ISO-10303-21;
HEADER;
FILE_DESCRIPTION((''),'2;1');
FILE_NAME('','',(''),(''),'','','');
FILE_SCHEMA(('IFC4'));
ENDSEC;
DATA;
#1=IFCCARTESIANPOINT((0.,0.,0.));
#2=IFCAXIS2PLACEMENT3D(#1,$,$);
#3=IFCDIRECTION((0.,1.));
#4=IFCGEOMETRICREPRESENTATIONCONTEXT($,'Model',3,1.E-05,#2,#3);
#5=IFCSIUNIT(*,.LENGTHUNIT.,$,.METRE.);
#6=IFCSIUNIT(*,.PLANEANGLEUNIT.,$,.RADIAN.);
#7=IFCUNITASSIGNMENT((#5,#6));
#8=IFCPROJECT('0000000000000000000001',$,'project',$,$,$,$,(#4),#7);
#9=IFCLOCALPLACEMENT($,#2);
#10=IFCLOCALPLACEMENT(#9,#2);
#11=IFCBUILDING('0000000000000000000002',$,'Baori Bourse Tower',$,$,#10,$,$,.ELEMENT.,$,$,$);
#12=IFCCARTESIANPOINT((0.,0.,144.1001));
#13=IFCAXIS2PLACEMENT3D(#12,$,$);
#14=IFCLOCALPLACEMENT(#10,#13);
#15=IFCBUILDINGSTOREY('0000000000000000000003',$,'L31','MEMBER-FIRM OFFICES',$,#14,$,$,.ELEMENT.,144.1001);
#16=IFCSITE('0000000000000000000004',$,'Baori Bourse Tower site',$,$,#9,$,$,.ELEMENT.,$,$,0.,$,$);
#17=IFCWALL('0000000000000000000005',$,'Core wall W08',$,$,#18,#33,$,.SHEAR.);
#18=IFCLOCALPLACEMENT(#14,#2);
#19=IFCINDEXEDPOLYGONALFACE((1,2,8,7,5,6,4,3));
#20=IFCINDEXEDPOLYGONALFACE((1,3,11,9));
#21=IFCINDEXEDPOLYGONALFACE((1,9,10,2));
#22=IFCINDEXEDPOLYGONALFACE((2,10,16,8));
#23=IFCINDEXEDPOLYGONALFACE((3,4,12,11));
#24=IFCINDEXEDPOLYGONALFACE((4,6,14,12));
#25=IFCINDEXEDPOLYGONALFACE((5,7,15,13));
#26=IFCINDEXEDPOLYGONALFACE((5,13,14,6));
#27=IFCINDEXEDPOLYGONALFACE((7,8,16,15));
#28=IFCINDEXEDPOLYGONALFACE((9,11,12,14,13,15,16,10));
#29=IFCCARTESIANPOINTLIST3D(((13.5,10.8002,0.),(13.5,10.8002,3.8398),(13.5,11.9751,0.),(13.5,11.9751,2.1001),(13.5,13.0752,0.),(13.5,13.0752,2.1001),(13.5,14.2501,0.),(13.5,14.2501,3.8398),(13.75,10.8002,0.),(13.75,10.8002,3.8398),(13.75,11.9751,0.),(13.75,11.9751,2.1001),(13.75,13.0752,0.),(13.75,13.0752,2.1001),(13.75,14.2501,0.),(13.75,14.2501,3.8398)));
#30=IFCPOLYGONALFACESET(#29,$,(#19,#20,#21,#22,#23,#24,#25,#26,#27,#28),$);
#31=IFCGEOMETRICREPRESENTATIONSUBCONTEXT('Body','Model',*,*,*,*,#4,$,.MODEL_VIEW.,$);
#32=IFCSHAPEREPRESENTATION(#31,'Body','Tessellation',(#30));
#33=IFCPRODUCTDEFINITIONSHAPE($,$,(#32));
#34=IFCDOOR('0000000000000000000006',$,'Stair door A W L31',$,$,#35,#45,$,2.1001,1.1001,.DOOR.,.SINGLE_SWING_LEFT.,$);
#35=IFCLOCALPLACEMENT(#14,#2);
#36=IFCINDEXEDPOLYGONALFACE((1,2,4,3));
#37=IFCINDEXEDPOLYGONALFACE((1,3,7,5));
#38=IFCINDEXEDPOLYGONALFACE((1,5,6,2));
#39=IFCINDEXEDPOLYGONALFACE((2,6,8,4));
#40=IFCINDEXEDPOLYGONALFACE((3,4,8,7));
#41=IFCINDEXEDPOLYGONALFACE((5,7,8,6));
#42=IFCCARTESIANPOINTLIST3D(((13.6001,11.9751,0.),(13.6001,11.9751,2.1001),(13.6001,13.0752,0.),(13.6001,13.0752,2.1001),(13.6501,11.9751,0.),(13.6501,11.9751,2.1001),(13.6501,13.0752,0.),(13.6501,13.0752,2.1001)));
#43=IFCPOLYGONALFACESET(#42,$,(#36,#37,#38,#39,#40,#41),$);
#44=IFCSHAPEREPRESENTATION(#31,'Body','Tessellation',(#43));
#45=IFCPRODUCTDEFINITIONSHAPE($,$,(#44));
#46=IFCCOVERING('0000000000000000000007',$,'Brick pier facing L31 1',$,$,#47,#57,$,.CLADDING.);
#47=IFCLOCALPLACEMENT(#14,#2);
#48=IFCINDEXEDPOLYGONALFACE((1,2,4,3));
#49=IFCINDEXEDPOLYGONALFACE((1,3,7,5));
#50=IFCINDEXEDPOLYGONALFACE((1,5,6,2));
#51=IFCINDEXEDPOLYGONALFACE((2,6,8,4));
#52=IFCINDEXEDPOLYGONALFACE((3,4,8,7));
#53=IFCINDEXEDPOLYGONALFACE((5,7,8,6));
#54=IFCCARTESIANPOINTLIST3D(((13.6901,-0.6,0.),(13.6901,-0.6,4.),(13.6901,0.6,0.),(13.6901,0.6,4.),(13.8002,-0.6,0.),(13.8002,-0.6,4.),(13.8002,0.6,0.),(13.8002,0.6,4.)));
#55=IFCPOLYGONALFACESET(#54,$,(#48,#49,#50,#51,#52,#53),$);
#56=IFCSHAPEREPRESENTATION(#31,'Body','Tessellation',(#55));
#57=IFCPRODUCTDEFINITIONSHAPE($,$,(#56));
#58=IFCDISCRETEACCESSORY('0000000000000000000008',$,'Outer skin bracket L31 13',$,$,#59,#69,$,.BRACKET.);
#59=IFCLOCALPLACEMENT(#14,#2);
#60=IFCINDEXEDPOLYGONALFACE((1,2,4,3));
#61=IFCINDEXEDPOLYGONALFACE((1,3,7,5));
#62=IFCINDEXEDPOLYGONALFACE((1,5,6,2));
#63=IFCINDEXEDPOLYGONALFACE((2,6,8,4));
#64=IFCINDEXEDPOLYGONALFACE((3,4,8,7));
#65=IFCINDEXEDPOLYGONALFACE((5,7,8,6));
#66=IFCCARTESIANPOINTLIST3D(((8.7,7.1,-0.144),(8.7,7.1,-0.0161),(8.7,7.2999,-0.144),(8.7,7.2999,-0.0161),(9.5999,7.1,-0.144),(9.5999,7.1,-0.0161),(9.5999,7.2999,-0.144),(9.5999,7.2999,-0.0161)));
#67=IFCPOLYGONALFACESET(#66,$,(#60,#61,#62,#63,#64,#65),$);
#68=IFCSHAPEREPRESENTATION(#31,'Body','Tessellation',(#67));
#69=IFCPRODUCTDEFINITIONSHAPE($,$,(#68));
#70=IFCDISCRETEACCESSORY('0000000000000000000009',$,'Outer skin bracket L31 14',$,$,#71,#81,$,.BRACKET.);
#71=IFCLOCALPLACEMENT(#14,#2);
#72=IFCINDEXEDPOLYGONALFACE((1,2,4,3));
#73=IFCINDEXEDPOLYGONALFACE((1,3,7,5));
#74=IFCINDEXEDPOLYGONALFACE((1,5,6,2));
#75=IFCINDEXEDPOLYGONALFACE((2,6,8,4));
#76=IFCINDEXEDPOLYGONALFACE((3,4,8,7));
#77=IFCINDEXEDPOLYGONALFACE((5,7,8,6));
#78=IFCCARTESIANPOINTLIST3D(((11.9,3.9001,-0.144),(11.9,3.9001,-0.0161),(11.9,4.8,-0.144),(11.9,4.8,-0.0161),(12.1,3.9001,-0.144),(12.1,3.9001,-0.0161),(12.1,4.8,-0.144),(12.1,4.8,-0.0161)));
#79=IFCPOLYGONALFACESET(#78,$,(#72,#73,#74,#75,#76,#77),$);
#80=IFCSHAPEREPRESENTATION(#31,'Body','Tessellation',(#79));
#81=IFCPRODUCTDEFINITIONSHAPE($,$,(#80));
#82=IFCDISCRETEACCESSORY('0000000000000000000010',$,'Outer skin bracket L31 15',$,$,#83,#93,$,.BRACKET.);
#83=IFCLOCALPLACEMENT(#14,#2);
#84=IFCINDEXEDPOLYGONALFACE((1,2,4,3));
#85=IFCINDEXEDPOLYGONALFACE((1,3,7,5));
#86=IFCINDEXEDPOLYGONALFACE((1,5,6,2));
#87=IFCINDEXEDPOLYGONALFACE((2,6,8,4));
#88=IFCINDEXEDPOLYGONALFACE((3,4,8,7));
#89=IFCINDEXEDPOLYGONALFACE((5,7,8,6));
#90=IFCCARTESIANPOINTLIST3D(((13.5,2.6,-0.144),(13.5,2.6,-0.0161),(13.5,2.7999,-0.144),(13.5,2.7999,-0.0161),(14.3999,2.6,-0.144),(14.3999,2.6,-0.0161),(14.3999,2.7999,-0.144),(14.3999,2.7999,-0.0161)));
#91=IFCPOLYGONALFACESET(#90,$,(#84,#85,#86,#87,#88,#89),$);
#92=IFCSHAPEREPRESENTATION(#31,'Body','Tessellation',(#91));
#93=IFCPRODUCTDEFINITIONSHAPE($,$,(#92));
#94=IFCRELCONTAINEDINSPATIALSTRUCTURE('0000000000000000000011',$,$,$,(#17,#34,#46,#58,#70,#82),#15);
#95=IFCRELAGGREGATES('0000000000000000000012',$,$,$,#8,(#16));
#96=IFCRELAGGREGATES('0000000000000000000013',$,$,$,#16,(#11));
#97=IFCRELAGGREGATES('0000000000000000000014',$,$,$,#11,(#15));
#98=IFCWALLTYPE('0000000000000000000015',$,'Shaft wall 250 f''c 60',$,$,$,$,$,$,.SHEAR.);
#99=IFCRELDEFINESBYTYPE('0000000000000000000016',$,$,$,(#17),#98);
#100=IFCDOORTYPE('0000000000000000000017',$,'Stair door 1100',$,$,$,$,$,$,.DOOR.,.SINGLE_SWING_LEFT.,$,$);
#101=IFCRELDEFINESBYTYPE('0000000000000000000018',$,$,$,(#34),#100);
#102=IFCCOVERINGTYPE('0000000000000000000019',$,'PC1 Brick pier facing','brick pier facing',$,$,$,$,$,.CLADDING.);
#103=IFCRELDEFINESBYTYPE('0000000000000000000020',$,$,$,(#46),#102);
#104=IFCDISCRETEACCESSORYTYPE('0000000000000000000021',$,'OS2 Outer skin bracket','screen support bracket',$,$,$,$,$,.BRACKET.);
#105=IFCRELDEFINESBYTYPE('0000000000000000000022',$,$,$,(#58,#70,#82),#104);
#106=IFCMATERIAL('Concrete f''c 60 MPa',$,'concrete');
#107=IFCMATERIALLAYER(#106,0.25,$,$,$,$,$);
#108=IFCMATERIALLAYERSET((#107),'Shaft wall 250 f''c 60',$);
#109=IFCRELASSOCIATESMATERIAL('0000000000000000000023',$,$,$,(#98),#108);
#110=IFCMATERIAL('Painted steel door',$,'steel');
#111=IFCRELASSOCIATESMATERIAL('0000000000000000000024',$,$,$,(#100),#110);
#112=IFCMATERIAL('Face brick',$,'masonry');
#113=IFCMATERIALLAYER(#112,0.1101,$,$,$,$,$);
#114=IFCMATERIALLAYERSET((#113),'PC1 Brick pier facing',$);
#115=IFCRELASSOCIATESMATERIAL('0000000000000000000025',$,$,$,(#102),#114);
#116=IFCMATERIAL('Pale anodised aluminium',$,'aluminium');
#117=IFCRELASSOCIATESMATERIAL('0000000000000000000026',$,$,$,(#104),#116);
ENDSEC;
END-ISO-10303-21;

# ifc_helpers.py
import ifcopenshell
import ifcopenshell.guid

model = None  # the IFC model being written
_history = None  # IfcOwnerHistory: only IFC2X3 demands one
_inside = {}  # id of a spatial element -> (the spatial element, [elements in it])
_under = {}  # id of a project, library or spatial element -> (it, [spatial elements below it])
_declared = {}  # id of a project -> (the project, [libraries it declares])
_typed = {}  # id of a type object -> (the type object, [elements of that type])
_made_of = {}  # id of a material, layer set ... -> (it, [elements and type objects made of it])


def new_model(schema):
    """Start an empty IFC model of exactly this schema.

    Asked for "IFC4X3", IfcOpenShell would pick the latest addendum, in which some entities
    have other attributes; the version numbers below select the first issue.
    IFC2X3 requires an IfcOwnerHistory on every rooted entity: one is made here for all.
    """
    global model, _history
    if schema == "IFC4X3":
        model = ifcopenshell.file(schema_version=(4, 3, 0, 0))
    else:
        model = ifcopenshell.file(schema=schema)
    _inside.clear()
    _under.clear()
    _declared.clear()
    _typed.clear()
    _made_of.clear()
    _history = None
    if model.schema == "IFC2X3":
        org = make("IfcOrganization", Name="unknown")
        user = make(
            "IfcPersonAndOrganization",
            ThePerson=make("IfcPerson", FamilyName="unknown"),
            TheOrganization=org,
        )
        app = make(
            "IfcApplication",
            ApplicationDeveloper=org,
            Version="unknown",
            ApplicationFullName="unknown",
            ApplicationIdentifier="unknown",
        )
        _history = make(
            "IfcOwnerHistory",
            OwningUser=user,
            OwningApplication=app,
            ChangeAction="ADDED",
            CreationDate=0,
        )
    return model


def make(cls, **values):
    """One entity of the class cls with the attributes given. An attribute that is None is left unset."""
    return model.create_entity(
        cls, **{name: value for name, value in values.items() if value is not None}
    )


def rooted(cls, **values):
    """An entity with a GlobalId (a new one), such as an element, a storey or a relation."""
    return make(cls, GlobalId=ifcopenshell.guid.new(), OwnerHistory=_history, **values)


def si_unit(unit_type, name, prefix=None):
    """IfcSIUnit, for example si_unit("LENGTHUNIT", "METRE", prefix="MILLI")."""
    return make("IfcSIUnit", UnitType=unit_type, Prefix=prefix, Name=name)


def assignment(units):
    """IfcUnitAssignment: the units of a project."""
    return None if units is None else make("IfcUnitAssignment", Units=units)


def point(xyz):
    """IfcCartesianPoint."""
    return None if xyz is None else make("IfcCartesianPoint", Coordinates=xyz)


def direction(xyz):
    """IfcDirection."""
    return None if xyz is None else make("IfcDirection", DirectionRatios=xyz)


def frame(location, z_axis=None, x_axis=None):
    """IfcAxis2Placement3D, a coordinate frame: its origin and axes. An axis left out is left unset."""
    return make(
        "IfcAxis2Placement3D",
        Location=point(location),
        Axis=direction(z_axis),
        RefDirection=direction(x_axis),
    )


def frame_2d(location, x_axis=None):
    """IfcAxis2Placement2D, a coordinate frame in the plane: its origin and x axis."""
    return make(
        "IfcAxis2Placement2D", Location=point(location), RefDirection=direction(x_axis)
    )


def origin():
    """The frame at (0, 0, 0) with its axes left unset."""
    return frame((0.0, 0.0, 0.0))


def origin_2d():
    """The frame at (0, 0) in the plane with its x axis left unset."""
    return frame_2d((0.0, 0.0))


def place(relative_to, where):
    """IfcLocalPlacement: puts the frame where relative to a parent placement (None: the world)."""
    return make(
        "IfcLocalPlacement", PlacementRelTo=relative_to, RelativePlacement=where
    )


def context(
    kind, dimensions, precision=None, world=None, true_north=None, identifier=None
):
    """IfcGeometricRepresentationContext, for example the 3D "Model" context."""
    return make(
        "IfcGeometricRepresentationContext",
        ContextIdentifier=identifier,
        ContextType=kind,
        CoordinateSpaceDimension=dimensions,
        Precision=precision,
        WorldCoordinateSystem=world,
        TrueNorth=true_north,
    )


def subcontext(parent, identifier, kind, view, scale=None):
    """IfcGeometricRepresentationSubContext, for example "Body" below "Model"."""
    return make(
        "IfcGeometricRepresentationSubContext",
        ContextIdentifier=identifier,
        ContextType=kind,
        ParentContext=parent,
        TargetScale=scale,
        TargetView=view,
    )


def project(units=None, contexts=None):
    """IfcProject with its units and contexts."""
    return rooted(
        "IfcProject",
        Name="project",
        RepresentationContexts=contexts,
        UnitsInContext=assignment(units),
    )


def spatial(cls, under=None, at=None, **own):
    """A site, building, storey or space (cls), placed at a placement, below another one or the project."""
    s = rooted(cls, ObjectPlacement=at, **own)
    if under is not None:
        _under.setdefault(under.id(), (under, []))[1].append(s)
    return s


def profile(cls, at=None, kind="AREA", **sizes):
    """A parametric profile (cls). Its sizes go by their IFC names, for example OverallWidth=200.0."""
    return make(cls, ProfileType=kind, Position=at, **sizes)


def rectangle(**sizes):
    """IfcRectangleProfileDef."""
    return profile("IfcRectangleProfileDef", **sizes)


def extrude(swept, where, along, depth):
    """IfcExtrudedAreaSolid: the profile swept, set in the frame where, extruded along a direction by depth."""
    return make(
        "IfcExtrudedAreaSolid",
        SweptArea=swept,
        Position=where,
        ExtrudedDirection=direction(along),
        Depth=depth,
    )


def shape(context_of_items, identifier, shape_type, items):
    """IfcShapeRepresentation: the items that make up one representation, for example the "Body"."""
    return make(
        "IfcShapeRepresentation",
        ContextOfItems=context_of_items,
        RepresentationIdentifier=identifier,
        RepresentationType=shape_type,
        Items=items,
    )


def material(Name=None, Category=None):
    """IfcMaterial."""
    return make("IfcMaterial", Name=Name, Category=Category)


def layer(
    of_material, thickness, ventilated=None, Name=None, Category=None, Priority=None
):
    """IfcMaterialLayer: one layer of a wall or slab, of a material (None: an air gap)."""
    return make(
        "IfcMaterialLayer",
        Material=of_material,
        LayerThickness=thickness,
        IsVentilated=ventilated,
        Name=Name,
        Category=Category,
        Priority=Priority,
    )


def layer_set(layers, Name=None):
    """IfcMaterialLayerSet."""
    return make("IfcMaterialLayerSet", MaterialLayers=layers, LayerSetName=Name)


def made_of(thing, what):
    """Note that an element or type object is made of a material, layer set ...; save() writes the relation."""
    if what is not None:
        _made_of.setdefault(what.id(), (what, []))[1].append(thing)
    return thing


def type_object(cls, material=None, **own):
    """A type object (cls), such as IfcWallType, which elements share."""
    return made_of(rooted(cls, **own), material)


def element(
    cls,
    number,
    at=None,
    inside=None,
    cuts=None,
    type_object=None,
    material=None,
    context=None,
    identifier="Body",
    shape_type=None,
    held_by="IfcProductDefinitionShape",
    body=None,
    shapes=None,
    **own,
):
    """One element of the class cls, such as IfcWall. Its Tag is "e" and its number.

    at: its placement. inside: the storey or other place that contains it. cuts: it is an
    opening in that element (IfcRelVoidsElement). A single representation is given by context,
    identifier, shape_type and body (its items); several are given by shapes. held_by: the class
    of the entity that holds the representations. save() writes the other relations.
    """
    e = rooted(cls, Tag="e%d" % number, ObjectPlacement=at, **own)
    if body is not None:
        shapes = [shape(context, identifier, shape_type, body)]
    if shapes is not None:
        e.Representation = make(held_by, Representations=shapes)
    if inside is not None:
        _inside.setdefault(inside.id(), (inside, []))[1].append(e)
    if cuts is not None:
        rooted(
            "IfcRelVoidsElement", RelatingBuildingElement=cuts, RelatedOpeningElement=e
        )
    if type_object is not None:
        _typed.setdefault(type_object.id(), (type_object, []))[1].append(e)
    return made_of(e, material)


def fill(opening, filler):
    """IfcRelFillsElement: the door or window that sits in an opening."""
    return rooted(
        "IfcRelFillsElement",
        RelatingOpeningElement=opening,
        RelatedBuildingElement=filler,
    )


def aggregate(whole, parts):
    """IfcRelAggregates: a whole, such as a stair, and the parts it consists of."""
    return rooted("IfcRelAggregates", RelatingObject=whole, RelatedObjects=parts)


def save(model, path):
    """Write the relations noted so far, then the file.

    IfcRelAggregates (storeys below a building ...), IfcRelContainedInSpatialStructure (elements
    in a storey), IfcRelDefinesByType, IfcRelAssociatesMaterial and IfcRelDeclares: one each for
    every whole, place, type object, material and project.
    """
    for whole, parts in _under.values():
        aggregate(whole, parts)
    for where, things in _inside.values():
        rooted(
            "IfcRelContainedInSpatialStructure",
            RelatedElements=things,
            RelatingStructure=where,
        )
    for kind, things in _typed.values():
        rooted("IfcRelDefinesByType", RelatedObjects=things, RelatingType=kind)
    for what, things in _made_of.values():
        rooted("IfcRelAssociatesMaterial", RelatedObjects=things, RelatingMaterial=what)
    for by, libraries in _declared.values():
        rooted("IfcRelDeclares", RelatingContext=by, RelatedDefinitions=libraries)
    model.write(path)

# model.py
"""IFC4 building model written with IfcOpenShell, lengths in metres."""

from ifc_helpers import new_model, si_unit, direction, frame, frame_2d, origin, origin_2d, place, context, subcontext, project, spatial, rectangle, extrude, material, layer, layer_set, type_object, element, fill, save


model = new_model("IFC4")

# Units and contexts
model_context = context("Model", 3, precision=1e-05, world=origin(), true_north=direction((0.0, 1.0)))
body_context = subcontext(model_context, "Body", "Model", "MODEL_VIEW")
ifc_project = project(units=[si_unit("LENGTHUNIT", "METRE"), si_unit("PLANEANGLEUNIT", "RADIAN")], contexts=[model_context])

# Site, building, storey
site_placement = place(None, origin())
site = spatial("IfcSite", under=ifc_project, at=site_placement, Name="Baori Bourse Tower site", CompositionType="ELEMENT", RefElevation=0.0)
building_placement = place(site_placement, origin())
building = spatial("IfcBuilding", under=site, at=building_placement, Name="Baori Bourse Tower", CompositionType="ELEMENT")
storey_placement = place(building_placement, frame((0.0, 0.0, 144.1001)))
storey = spatial("IfcBuildingStorey", under=building, at=storey_placement, Name="L31", Description="MEMBER-FIRM OFFICES", CompositionType="ELEMENT", Elevation=144.1001)

# Wall, opening, door
ifc_material_1 = material(Name="Concrete f'c 60 MPa", Category="concrete")
ifc_layer_1 = layer(ifc_material_1, 0.25)
ifc_layer_set_1 = layer_set([ifc_layer_1], Name="Shaft wall 250 f'c 60")
wall_type_1 = type_object("IfcWallType", Name="Shaft wall 250 f'c 60", PredefinedType="SHEAR", material=ifc_layer_set_1)
wall_1_placement = place(storey_placement, frame((13.625, 10.8, 0.0), z_axis=(0.0, 0.0, 1.0), x_axis=(0.0, 1.0, 0.0)))
wall_1 = element("IfcWall", 1, at=wall_1_placement, inside=storey, type_object=wall_type_1, Name="Core wall W08", PredefinedType="SHEAR", context=body_context, shape_type="SweptSolid", body=[
    extrude(rectangle(XDim=3.45, YDim=0.25, at=frame_2d((1.7251, 0.0))), origin(), (0.0, 0.0, 1.0), 3.8398),
])
opening_1_placement = place(wall_1_placement, frame((1.175, 0.0, 0.0)))
opening_1 = element("IfcOpeningElement", 2, at=opening_1_placement, cuts=wall_1, PredefinedType="OPENING", context=body_context, shape_type="SweptSolid", body=[
    extrude(rectangle(XDim=1.1001, YDim=2.1001, at=frame_2d((0.55, 1.05))), frame((0.0, 0.135, 0.0), z_axis=(0.0, -1.0, 0.0), x_axis=(1.0, 0.0, 0.0)), (0.0, 0.0, 1.0), 0.27),
])
ifc_material_2 = material(Name="Painted steel door", Category="steel")
door_type_1 = type_object("IfcDoorType", Name="Stair door 1100", OperationType="SINGLE_SWING_LEFT", PredefinedType="DOOR", material=ifc_material_2)
door_1_placement = place(opening_1_placement, origin())
door_1 = element("IfcDoor", 3, at=door_1_placement, inside=storey, type_object=door_type_1, Name="Stair door A W L31", OperationType="SINGLE_SWING_LEFT", OverallHeight=2.1001, OverallWidth=1.1001, PredefinedType="DOOR", context=body_context, shape_type="SweptSolid", body=[
    extrude(rectangle(XDim=1.1001, YDim=2.1001, at=frame_2d((0.55, 1.05))), frame((0.0, 0.0249, 0.0), z_axis=(0.0, -1.0, 0.0), x_axis=(1.0, 0.0, 0.0)), (0.0, 0.0, 1.0), 0.05),
])
fill(opening_1, door_1)

# Covering
ifc_material_3 = material(Name="Face brick", Category="masonry")
ifc_layer_2 = layer(ifc_material_3, 0.1101)
ifc_layer_set_2 = layer_set([ifc_layer_2], Name="PC1 Brick pier facing")
covering_type = type_object("IfcCoveringType", Name="PC1 Brick pier facing", Description="brick pier facing", PredefinedType="CLADDING", material=ifc_layer_set_2)
covering_placement = place(storey_placement, frame((13.7451, 0.0, 0.0), z_axis=(0.0, 0.0, 1.0), x_axis=(1.0, 0.0, 0.0)))
element("IfcCovering", 4, at=covering_placement, inside=storey, type_object=covering_type, Name="Brick pier facing L31 1", PredefinedType="CLADDING", context=body_context, shape_type="SweptSolid", body=[
    extrude(rectangle(XDim=0.1101, YDim=1.2, at=origin_2d()), origin(), (0.0, 0.0, 1.0), 4.0),
])

# Discrete accessories
ifc_material_4 = material(Name="Pale anodised aluminium", Category="aluminium")
discrete_accessory_type = type_object("IfcDiscreteAccessoryType", Name="OS2 Outer skin bracket", Description="screen support bracket", PredefinedType="BRACKET", material=ifc_material_4)
for number, where, z_axis, x_axis, name in (
    (5, (9.1499, 7.2, -0.144), (0.0, 0.0, 1.0), (0.0, -1.0, 0.0), "Outer skin bracket L31 13"),
    (6, (12.0, 4.3501, -0.144), (0.0, 0.0, 1.0), (1.0, 0.0, 0.0), "Outer skin bracket L31 14"),
    (7, (13.95, 2.7, -0.144), (0.0, 0.0, 1.0), (0.0, -1.0, 0.0), "Outer skin bracket L31 15"),
):
    element("IfcDiscreteAccessory", number, at=place(storey_placement, frame(where, z_axis=z_axis, x_axis=x_axis)), inside=storey, type_object=discrete_accessory_type, Name=name, PredefinedType="BRACKET", context=body_context, shape_type="SweptSolid", body=[
        extrude(rectangle(XDim=0.2, YDim=0.8999, at=origin_2d()), origin(), (0.0, 0.0, 1.0), 0.1279),
    ])

save(model, "model.ifc")
